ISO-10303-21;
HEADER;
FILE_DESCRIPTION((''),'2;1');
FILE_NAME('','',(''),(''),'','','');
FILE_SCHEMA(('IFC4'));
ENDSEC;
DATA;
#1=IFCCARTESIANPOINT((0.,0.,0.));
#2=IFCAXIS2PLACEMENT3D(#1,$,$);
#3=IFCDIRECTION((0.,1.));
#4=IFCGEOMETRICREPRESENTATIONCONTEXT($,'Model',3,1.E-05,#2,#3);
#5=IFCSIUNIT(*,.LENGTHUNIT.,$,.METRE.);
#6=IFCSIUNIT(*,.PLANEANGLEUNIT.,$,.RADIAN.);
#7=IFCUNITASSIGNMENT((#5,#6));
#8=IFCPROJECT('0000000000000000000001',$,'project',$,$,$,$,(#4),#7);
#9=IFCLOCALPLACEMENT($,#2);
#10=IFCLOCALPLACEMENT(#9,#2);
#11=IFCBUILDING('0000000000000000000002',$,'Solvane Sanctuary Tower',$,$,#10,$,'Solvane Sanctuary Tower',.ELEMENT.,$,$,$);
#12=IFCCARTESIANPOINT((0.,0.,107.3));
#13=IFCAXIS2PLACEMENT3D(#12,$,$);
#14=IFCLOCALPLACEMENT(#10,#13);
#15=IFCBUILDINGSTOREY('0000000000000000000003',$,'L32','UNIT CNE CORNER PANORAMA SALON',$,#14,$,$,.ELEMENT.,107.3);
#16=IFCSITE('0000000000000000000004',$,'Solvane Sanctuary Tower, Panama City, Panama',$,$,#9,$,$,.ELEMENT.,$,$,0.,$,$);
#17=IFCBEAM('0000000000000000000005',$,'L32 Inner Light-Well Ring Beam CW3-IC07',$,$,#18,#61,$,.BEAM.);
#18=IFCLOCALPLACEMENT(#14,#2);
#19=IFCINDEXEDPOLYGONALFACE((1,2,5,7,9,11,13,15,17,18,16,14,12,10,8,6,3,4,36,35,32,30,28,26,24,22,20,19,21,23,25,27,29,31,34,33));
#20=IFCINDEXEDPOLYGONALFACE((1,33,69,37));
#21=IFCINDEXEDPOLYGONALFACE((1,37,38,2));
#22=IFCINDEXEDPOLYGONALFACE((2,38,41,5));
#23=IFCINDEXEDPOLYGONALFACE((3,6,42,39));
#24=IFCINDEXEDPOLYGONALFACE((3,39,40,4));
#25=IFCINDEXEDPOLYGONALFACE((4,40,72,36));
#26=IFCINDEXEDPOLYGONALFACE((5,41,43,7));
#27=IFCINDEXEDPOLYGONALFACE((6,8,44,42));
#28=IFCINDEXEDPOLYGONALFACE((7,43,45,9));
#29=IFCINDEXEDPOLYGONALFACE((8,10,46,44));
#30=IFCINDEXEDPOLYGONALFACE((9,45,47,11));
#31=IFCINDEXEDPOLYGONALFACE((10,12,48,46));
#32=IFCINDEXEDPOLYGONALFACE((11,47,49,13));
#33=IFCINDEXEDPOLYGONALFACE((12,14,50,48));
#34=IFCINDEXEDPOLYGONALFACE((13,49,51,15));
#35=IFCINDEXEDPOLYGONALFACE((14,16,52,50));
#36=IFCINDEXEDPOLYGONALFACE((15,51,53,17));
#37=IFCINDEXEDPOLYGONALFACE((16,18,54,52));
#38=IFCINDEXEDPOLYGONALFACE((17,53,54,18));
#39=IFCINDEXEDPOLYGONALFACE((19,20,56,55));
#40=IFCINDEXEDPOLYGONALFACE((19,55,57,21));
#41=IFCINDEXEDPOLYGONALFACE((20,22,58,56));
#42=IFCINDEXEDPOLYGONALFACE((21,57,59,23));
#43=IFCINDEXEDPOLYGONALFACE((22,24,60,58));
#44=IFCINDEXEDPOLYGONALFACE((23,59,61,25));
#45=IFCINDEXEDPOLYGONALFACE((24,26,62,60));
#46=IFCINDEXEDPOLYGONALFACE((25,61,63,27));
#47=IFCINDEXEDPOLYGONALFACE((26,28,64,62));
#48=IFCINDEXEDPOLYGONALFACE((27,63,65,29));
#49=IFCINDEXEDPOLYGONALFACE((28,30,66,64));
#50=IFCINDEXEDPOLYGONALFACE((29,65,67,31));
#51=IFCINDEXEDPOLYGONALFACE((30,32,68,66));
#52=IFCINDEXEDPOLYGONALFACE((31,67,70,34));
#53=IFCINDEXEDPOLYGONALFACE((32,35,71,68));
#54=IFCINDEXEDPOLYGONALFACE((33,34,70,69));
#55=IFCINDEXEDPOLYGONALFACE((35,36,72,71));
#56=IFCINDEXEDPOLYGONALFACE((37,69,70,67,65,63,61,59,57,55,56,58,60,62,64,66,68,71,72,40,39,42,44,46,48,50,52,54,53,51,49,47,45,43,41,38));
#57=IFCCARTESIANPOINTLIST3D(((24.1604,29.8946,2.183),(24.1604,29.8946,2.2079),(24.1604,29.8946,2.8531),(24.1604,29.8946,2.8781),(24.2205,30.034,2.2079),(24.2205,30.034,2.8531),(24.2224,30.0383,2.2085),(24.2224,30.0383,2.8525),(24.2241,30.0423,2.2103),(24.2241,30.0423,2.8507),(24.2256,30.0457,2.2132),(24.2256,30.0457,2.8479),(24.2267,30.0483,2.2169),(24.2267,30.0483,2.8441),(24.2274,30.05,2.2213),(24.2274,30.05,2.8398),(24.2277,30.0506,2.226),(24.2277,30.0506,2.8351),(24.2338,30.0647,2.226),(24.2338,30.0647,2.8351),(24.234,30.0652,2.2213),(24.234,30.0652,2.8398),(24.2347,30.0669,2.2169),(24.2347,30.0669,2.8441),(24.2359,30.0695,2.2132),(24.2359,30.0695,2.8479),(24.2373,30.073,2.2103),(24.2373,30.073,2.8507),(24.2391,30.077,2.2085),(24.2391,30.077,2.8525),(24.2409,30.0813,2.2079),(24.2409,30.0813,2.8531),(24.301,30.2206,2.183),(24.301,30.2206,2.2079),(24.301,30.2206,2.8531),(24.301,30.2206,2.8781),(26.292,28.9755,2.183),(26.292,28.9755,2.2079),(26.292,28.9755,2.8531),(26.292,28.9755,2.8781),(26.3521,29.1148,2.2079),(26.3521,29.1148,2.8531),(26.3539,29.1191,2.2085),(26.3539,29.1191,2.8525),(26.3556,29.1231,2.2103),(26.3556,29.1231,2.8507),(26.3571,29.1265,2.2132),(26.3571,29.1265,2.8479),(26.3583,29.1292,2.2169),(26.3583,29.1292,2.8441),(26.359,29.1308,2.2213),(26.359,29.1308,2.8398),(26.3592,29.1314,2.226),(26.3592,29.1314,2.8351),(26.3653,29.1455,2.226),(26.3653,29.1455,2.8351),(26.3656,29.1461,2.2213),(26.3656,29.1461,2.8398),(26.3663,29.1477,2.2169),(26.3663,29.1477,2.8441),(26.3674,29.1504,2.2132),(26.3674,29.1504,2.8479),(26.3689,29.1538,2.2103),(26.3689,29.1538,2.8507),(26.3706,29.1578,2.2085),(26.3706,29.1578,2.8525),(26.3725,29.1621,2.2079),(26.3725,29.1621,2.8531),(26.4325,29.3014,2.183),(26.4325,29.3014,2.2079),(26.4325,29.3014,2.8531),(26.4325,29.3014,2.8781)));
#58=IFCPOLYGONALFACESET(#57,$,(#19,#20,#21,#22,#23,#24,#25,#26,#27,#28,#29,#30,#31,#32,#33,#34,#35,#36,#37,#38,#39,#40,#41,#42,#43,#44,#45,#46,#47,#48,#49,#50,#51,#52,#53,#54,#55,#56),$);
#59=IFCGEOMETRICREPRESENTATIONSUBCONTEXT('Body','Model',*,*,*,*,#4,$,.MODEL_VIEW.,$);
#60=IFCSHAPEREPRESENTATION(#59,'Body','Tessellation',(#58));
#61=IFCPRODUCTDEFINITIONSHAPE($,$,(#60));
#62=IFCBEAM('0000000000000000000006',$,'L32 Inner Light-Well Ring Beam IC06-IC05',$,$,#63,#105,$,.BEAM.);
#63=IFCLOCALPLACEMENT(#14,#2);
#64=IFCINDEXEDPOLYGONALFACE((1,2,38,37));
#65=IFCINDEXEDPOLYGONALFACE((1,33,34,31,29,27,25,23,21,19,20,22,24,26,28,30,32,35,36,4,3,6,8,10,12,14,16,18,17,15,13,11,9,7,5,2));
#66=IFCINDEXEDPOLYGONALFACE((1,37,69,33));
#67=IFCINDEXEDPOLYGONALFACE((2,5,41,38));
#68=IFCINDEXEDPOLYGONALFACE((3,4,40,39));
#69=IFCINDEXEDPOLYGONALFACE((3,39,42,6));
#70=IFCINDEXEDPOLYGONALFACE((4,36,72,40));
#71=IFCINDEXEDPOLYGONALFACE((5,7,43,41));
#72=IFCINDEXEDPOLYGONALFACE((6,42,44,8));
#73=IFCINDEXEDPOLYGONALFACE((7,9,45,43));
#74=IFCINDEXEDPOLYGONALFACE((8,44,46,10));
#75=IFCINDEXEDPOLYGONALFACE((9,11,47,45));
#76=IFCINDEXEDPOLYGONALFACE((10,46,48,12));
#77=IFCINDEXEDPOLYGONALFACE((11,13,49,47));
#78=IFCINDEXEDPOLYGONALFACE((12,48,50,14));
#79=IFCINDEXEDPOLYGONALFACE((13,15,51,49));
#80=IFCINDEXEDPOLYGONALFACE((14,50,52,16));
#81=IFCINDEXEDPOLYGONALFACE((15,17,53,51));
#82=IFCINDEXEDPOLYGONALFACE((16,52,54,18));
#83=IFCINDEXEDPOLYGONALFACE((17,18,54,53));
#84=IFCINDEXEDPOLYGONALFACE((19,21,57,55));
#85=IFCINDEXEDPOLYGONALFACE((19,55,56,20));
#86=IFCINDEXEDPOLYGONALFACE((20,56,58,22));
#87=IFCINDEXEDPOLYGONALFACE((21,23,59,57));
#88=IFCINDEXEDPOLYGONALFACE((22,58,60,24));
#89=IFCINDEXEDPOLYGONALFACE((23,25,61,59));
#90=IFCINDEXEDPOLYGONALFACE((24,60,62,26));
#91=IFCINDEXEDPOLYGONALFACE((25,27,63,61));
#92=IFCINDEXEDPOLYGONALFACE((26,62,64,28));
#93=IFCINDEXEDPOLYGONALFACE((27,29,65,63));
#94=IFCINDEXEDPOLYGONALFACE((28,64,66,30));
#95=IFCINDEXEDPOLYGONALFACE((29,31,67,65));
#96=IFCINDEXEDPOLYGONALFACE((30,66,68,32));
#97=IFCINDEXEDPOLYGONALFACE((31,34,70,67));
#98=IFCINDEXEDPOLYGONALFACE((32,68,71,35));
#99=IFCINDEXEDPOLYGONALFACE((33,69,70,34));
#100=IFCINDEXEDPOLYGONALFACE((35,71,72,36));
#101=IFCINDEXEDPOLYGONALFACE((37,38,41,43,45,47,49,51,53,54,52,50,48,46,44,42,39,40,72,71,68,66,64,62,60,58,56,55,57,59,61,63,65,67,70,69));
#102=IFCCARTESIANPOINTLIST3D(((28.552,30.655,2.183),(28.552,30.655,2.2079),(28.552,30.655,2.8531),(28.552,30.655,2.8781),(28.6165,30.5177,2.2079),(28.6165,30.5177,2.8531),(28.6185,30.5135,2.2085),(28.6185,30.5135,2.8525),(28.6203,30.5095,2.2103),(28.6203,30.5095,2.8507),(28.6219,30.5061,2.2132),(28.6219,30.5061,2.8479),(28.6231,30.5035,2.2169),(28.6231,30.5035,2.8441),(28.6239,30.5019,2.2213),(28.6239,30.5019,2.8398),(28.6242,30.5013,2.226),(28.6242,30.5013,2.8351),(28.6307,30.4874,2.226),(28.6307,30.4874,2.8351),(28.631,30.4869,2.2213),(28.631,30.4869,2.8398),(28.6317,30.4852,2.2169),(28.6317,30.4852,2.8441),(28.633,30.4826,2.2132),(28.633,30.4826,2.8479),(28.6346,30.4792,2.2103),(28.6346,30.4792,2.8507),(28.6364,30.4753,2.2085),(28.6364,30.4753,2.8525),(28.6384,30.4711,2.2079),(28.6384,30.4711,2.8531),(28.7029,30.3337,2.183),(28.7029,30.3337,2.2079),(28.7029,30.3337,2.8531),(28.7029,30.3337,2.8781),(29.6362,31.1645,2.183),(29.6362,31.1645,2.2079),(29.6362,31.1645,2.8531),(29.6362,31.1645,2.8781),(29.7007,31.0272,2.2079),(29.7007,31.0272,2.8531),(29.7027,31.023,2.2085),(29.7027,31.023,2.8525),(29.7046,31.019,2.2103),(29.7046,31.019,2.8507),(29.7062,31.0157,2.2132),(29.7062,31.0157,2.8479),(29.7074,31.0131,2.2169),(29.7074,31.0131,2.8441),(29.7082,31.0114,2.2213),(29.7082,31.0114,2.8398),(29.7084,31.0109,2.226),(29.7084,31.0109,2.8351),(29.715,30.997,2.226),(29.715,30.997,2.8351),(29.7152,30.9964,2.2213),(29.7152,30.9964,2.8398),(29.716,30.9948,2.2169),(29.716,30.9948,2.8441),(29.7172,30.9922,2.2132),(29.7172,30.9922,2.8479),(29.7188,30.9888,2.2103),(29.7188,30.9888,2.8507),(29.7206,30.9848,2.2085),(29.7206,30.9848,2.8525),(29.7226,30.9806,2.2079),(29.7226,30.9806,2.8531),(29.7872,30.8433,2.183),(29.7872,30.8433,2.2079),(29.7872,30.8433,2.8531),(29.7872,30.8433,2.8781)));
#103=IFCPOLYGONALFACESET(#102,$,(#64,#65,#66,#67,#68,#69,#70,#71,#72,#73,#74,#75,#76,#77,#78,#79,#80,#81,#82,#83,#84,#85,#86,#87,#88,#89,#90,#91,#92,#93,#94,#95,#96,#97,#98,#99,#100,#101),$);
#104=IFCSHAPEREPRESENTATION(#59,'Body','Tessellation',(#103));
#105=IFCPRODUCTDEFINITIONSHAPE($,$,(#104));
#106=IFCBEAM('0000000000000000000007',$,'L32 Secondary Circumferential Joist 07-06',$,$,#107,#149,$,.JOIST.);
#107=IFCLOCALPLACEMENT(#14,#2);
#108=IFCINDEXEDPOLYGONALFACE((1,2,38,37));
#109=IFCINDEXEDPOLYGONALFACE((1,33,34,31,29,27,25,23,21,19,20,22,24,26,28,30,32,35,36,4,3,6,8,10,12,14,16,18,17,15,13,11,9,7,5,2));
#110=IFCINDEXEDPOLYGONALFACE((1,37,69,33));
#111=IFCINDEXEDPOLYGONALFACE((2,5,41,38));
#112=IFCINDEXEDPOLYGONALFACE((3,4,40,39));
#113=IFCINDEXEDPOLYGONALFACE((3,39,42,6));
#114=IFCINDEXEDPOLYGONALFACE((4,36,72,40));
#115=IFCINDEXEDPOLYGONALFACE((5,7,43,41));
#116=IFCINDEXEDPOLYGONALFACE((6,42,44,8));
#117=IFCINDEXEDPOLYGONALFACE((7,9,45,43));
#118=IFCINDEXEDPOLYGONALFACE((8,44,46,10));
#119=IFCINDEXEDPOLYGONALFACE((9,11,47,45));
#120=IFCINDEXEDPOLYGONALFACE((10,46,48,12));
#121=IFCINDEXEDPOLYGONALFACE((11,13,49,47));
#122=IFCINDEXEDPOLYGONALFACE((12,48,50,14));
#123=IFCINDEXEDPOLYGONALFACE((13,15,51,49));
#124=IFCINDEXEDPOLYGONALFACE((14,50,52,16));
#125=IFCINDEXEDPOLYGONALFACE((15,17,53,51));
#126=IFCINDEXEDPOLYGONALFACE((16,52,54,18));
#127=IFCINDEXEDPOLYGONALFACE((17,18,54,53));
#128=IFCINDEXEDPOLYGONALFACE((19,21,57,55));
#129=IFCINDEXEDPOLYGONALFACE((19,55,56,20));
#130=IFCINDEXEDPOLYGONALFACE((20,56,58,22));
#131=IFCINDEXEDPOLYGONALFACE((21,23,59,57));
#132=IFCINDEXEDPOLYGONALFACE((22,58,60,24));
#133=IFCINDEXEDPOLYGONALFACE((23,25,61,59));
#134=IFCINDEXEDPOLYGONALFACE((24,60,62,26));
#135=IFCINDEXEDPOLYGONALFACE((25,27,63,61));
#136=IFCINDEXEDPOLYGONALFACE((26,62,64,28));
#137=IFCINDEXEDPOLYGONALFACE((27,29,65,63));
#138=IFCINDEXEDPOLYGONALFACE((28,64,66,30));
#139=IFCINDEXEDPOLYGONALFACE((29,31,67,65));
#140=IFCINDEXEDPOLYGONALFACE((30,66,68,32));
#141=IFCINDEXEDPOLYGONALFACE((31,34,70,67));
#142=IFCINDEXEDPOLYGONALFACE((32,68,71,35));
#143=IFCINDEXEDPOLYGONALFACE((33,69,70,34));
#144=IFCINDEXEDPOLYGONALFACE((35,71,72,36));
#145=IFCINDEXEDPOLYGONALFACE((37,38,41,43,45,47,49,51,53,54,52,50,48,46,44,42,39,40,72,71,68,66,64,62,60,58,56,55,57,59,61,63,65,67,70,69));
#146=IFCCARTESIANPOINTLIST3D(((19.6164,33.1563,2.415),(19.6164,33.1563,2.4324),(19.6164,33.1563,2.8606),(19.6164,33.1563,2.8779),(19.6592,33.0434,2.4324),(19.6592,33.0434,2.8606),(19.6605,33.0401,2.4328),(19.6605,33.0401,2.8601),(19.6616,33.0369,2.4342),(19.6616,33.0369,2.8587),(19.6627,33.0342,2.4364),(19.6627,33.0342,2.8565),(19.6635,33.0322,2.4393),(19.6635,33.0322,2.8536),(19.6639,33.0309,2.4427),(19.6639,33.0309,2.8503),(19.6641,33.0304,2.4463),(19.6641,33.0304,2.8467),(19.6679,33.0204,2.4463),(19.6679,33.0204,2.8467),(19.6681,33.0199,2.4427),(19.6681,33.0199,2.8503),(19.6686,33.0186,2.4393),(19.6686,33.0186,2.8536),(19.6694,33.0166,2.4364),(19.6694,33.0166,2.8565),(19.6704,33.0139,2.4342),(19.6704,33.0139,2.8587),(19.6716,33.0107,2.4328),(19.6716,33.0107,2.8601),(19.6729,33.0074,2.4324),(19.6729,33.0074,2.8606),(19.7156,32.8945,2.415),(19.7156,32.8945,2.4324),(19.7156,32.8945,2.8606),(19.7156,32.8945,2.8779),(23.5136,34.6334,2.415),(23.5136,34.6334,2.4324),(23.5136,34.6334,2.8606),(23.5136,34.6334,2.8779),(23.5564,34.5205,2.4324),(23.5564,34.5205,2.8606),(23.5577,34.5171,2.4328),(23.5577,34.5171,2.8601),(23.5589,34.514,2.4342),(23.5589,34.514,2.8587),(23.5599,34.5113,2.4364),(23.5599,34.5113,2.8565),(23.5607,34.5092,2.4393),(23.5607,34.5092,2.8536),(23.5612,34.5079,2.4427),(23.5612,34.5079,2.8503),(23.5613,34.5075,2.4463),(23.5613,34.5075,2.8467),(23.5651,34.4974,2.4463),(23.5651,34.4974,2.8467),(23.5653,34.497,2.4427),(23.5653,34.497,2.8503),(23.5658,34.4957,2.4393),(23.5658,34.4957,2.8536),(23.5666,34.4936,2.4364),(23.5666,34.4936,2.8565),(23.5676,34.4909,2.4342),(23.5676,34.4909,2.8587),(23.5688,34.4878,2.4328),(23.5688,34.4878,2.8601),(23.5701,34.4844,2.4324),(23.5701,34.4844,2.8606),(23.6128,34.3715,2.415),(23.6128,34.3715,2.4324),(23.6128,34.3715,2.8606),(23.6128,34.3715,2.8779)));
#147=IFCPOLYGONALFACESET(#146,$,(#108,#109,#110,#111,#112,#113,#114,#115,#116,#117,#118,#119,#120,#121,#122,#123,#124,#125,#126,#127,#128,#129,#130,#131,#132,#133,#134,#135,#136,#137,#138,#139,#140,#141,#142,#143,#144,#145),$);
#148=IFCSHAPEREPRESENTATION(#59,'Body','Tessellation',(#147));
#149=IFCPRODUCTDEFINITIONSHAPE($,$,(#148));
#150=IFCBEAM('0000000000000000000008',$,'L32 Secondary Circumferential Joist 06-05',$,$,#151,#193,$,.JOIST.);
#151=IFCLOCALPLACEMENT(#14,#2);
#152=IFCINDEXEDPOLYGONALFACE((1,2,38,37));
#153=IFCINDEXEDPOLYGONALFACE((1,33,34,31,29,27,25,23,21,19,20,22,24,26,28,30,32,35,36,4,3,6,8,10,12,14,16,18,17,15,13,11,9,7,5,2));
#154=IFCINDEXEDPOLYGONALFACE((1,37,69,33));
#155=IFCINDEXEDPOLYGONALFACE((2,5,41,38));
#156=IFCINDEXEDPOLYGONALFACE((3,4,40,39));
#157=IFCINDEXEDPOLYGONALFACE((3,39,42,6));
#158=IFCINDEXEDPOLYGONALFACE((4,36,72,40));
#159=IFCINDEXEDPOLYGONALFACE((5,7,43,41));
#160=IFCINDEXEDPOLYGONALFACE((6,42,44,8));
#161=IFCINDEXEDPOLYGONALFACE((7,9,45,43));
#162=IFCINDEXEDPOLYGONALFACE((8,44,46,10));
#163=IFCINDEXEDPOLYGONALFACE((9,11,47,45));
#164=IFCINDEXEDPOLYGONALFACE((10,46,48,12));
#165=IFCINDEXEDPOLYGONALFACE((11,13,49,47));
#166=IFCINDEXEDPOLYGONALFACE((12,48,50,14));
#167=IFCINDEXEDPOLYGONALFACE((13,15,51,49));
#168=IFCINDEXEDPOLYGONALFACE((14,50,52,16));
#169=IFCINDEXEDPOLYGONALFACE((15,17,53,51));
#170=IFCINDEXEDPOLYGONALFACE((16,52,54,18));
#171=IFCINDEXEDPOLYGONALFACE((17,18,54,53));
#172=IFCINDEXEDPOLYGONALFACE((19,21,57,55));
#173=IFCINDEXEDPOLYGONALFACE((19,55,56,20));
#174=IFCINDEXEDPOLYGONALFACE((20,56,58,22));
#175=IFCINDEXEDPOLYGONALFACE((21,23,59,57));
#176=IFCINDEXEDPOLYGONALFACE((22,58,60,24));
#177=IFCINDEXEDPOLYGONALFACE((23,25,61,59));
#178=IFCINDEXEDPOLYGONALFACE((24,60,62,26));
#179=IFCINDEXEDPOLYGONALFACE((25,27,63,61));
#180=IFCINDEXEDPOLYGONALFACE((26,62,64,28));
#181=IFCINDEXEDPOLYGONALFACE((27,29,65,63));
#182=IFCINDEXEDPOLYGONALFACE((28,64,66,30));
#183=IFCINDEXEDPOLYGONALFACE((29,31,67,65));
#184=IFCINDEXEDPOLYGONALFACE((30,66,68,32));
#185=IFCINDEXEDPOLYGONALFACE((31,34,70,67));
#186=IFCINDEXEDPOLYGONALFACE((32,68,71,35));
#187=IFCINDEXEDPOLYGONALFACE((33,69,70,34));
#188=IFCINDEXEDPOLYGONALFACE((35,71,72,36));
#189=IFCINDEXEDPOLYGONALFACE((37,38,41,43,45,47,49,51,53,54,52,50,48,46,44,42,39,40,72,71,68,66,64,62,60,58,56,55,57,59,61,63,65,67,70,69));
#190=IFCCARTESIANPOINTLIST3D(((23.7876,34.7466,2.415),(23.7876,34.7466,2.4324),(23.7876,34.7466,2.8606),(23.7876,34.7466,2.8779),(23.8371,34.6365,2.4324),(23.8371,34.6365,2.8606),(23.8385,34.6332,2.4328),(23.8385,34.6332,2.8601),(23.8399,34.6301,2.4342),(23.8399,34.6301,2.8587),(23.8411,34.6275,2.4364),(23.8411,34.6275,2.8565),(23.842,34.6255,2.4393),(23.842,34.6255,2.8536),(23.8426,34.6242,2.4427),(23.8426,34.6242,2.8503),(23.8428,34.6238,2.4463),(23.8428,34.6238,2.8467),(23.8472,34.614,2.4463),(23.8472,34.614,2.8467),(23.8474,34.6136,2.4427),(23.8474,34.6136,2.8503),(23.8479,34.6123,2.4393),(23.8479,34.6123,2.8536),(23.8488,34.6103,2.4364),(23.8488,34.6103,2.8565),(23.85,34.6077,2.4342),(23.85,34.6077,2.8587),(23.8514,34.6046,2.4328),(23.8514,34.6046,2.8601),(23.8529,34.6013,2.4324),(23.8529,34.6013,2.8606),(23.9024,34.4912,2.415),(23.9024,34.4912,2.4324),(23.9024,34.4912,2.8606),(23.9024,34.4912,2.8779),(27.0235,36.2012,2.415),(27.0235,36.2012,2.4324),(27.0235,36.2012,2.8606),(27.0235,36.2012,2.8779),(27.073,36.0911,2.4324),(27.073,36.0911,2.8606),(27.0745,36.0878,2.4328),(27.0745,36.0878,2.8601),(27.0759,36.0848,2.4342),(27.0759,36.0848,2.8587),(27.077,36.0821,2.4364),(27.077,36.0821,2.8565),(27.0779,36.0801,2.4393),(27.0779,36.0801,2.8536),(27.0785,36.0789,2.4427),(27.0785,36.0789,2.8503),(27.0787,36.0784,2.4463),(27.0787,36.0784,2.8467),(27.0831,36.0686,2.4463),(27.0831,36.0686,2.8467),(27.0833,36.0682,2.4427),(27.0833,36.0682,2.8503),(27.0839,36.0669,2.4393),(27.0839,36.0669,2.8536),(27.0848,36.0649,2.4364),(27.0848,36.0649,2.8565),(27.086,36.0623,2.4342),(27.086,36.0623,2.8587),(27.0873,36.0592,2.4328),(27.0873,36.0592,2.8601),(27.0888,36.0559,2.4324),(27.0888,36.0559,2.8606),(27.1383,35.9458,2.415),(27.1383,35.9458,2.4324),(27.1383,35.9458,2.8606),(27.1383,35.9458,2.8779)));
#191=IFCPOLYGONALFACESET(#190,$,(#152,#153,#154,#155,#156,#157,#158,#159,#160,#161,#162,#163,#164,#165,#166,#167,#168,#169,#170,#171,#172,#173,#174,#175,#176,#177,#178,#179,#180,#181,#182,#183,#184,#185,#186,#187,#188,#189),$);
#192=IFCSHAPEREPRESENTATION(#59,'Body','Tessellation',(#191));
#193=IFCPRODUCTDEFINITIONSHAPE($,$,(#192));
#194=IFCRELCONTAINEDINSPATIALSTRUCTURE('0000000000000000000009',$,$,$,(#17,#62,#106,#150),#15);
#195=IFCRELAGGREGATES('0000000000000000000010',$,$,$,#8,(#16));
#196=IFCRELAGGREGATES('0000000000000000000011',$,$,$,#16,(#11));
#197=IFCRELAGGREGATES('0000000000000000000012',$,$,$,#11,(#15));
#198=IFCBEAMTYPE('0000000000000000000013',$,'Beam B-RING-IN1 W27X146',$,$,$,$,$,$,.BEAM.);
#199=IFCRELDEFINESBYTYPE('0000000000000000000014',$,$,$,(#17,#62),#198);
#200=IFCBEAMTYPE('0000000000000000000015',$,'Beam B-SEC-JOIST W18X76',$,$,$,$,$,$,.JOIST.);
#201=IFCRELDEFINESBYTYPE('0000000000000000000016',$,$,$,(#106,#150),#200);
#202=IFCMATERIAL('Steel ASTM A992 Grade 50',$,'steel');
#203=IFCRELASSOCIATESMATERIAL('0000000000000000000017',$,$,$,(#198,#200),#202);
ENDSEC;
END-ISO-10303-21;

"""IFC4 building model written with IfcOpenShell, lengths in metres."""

from ifc_helpers import new_model, si_unit, direction, frame, origin, origin_2d, place, context, subcontext, project, spatial, i_section, extrude, material, material_profile, profile_set, type_object, element, save


model = new_model("IFC4")

# Units and contexts
model_context = context("Model", 3, precision=1e-05, world=origin(), true_north=direction((0.0, 1.0)))
body_context = subcontext(model_context, "Body", "Model", "MODEL_VIEW")
ifc_project = project(units=[si_unit("LENGTHUNIT", "METRE"), si_unit("PLANEANGLEUNIT", "RADIAN")], contexts=[model_context])

# Site, building, storey
site_placement = place(None, origin())
site = spatial("IfcSite", under=ifc_project, at=site_placement, Name="Solvane Sanctuary Tower, Panama City, Panama", CompositionType="ELEMENT", RefElevation=0.0)
building_placement = place(site_placement, origin())
building = spatial("IfcBuilding", under=site, at=building_placement, Name="Solvane Sanctuary Tower", LongName="Solvane Sanctuary Tower", CompositionType="ELEMENT")
storey_placement = place(building_placement, frame((0.0, 0.0, 107.3)))
storey = spatial("IfcBuildingStorey", under=building, at=storey_placement, Name="L32", Description="UNIT CNE CORNER PANORAMA SALON", CompositionType="ELEMENT", Elevation=107.3)

# Beams
ifc_material_1 = material(Name="Steel ASTM A992 Grade 50", Category="steel")
ifc_material_profile_1 = material_profile(ifc_material_1, i_section(OverallWidth=0.355, OverallDepth=0.6951, WebThickness=0.0154, FlangeThickness=0.0249, FilletRadius=0.0181, at=origin_2d()), Name="W27X146")
ifc_profile_set_1 = profile_set([ifc_material_profile_1], Name="Steel ASTM A992 Grade 50")
beam_type_1 = type_object("IfcBeamType", Name="Beam B-RING-IN1 W27X146", PredefinedType="BEAM", material=ifc_profile_set_1)
beam_1_placement = place(storey_placement, frame((24.2307, 30.0576, 2.5305), z_axis=(0.918261, -0.395975, 0.0), x_axis=(0.395975, 0.918261, 0.0)))
element("IfcBeam", 1, at=beam_1_placement, inside=storey, type_object=beam_type_1, Name="L32 Inner Light-Well Ring Beam CW3-IC07", PredefinedType="BEAM", context=body_context, shape_type="SweptSolid", body=[
    extrude(i_section(OverallWidth=0.355, OverallDepth=0.6951, WebThickness=0.0154, FlangeThickness=0.0249, FilletRadius=0.0181, at=origin_2d()), origin(), (0.0, 0.0, 1.0), 2.3213),
])
beam_2_placement = place(storey_placement, frame((28.6274, 30.4944, 2.5305), z_axis=(0.905045, 0.425316, 0.0), x_axis=(-0.425316, 0.905045, 0.0)))
element("IfcBeam", 2, at=beam_2_placement, inside=storey, type_object=beam_type_1, Name="L32 Inner Light-Well Ring Beam IC06-IC05", PredefinedType="BEAM", context=body_context, shape_type="SweptSolid", body=[
    extrude(i_section(OverallWidth=0.355, OverallDepth=0.6951, WebThickness=0.0154, FlangeThickness=0.0249, FilletRadius=0.0181, at=origin_2d()), origin(), (0.0, 0.0, 1.0), 1.198),
])
ifc_material_profile_2 = material_profile(ifc_material_1, i_section(OverallWidth=0.28, OverallDepth=0.4629, WebThickness=0.0107, FlangeThickness=0.0173, FilletRadius=0.0139, at=origin_2d()), Name="W18X76")
ifc_profile_set_2 = profile_set([ifc_material_profile_2], Name="Steel ASTM A992 Grade 50")
beam_type_2 = type_object("IfcBeamType", Name="Beam B-SEC-JOIST W18X76", PredefinedType="JOIST", material=ifc_profile_set_2)
beam_3_placement = place(storey_placement, frame((19.666, 33.0254, 2.6465), z_axis=(0.935093, 0.354402, 0.0), x_axis=(-0.354402, 0.935093, 0.0)))
element("IfcBeam", 3, at=beam_3_placement, inside=storey, type_object=beam_type_2, Name="L32 Secondary Circumferential Joist 07-06", PredefinedType="JOIST", context=body_context, shape_type="SweptSolid", body=[
    extrude(i_section(OverallWidth=0.28, OverallDepth=0.4629, WebThickness=0.0107, FlangeThickness=0.0173, FilletRadius=0.0139, at=origin_2d()), origin(), (0.0, 0.0, 1.0), 4.1677),
])
beam_4_placement = place(storey_placement, frame((23.845, 34.6189, 2.6465), z_axis=(0.912084, 0.410004, 0.0), x_axis=(-0.410004, 0.912084, 0.0)))
element("IfcBeam", 4, at=beam_4_placement, inside=storey, type_object=beam_type_2, Name="L32 Secondary Circumferential Joist 06-05", PredefinedType="JOIST", context=body_context, shape_type="SweptSolid", body=[
    extrude(i_section(OverallWidth=0.28, OverallDepth=0.4629, WebThickness=0.0107, FlangeThickness=0.0173, FilletRadius=0.0139, at=origin_2d()), origin(), (0.0, 0.0, 1.0), 3.5479),
])

save(model, "model.ifc")
